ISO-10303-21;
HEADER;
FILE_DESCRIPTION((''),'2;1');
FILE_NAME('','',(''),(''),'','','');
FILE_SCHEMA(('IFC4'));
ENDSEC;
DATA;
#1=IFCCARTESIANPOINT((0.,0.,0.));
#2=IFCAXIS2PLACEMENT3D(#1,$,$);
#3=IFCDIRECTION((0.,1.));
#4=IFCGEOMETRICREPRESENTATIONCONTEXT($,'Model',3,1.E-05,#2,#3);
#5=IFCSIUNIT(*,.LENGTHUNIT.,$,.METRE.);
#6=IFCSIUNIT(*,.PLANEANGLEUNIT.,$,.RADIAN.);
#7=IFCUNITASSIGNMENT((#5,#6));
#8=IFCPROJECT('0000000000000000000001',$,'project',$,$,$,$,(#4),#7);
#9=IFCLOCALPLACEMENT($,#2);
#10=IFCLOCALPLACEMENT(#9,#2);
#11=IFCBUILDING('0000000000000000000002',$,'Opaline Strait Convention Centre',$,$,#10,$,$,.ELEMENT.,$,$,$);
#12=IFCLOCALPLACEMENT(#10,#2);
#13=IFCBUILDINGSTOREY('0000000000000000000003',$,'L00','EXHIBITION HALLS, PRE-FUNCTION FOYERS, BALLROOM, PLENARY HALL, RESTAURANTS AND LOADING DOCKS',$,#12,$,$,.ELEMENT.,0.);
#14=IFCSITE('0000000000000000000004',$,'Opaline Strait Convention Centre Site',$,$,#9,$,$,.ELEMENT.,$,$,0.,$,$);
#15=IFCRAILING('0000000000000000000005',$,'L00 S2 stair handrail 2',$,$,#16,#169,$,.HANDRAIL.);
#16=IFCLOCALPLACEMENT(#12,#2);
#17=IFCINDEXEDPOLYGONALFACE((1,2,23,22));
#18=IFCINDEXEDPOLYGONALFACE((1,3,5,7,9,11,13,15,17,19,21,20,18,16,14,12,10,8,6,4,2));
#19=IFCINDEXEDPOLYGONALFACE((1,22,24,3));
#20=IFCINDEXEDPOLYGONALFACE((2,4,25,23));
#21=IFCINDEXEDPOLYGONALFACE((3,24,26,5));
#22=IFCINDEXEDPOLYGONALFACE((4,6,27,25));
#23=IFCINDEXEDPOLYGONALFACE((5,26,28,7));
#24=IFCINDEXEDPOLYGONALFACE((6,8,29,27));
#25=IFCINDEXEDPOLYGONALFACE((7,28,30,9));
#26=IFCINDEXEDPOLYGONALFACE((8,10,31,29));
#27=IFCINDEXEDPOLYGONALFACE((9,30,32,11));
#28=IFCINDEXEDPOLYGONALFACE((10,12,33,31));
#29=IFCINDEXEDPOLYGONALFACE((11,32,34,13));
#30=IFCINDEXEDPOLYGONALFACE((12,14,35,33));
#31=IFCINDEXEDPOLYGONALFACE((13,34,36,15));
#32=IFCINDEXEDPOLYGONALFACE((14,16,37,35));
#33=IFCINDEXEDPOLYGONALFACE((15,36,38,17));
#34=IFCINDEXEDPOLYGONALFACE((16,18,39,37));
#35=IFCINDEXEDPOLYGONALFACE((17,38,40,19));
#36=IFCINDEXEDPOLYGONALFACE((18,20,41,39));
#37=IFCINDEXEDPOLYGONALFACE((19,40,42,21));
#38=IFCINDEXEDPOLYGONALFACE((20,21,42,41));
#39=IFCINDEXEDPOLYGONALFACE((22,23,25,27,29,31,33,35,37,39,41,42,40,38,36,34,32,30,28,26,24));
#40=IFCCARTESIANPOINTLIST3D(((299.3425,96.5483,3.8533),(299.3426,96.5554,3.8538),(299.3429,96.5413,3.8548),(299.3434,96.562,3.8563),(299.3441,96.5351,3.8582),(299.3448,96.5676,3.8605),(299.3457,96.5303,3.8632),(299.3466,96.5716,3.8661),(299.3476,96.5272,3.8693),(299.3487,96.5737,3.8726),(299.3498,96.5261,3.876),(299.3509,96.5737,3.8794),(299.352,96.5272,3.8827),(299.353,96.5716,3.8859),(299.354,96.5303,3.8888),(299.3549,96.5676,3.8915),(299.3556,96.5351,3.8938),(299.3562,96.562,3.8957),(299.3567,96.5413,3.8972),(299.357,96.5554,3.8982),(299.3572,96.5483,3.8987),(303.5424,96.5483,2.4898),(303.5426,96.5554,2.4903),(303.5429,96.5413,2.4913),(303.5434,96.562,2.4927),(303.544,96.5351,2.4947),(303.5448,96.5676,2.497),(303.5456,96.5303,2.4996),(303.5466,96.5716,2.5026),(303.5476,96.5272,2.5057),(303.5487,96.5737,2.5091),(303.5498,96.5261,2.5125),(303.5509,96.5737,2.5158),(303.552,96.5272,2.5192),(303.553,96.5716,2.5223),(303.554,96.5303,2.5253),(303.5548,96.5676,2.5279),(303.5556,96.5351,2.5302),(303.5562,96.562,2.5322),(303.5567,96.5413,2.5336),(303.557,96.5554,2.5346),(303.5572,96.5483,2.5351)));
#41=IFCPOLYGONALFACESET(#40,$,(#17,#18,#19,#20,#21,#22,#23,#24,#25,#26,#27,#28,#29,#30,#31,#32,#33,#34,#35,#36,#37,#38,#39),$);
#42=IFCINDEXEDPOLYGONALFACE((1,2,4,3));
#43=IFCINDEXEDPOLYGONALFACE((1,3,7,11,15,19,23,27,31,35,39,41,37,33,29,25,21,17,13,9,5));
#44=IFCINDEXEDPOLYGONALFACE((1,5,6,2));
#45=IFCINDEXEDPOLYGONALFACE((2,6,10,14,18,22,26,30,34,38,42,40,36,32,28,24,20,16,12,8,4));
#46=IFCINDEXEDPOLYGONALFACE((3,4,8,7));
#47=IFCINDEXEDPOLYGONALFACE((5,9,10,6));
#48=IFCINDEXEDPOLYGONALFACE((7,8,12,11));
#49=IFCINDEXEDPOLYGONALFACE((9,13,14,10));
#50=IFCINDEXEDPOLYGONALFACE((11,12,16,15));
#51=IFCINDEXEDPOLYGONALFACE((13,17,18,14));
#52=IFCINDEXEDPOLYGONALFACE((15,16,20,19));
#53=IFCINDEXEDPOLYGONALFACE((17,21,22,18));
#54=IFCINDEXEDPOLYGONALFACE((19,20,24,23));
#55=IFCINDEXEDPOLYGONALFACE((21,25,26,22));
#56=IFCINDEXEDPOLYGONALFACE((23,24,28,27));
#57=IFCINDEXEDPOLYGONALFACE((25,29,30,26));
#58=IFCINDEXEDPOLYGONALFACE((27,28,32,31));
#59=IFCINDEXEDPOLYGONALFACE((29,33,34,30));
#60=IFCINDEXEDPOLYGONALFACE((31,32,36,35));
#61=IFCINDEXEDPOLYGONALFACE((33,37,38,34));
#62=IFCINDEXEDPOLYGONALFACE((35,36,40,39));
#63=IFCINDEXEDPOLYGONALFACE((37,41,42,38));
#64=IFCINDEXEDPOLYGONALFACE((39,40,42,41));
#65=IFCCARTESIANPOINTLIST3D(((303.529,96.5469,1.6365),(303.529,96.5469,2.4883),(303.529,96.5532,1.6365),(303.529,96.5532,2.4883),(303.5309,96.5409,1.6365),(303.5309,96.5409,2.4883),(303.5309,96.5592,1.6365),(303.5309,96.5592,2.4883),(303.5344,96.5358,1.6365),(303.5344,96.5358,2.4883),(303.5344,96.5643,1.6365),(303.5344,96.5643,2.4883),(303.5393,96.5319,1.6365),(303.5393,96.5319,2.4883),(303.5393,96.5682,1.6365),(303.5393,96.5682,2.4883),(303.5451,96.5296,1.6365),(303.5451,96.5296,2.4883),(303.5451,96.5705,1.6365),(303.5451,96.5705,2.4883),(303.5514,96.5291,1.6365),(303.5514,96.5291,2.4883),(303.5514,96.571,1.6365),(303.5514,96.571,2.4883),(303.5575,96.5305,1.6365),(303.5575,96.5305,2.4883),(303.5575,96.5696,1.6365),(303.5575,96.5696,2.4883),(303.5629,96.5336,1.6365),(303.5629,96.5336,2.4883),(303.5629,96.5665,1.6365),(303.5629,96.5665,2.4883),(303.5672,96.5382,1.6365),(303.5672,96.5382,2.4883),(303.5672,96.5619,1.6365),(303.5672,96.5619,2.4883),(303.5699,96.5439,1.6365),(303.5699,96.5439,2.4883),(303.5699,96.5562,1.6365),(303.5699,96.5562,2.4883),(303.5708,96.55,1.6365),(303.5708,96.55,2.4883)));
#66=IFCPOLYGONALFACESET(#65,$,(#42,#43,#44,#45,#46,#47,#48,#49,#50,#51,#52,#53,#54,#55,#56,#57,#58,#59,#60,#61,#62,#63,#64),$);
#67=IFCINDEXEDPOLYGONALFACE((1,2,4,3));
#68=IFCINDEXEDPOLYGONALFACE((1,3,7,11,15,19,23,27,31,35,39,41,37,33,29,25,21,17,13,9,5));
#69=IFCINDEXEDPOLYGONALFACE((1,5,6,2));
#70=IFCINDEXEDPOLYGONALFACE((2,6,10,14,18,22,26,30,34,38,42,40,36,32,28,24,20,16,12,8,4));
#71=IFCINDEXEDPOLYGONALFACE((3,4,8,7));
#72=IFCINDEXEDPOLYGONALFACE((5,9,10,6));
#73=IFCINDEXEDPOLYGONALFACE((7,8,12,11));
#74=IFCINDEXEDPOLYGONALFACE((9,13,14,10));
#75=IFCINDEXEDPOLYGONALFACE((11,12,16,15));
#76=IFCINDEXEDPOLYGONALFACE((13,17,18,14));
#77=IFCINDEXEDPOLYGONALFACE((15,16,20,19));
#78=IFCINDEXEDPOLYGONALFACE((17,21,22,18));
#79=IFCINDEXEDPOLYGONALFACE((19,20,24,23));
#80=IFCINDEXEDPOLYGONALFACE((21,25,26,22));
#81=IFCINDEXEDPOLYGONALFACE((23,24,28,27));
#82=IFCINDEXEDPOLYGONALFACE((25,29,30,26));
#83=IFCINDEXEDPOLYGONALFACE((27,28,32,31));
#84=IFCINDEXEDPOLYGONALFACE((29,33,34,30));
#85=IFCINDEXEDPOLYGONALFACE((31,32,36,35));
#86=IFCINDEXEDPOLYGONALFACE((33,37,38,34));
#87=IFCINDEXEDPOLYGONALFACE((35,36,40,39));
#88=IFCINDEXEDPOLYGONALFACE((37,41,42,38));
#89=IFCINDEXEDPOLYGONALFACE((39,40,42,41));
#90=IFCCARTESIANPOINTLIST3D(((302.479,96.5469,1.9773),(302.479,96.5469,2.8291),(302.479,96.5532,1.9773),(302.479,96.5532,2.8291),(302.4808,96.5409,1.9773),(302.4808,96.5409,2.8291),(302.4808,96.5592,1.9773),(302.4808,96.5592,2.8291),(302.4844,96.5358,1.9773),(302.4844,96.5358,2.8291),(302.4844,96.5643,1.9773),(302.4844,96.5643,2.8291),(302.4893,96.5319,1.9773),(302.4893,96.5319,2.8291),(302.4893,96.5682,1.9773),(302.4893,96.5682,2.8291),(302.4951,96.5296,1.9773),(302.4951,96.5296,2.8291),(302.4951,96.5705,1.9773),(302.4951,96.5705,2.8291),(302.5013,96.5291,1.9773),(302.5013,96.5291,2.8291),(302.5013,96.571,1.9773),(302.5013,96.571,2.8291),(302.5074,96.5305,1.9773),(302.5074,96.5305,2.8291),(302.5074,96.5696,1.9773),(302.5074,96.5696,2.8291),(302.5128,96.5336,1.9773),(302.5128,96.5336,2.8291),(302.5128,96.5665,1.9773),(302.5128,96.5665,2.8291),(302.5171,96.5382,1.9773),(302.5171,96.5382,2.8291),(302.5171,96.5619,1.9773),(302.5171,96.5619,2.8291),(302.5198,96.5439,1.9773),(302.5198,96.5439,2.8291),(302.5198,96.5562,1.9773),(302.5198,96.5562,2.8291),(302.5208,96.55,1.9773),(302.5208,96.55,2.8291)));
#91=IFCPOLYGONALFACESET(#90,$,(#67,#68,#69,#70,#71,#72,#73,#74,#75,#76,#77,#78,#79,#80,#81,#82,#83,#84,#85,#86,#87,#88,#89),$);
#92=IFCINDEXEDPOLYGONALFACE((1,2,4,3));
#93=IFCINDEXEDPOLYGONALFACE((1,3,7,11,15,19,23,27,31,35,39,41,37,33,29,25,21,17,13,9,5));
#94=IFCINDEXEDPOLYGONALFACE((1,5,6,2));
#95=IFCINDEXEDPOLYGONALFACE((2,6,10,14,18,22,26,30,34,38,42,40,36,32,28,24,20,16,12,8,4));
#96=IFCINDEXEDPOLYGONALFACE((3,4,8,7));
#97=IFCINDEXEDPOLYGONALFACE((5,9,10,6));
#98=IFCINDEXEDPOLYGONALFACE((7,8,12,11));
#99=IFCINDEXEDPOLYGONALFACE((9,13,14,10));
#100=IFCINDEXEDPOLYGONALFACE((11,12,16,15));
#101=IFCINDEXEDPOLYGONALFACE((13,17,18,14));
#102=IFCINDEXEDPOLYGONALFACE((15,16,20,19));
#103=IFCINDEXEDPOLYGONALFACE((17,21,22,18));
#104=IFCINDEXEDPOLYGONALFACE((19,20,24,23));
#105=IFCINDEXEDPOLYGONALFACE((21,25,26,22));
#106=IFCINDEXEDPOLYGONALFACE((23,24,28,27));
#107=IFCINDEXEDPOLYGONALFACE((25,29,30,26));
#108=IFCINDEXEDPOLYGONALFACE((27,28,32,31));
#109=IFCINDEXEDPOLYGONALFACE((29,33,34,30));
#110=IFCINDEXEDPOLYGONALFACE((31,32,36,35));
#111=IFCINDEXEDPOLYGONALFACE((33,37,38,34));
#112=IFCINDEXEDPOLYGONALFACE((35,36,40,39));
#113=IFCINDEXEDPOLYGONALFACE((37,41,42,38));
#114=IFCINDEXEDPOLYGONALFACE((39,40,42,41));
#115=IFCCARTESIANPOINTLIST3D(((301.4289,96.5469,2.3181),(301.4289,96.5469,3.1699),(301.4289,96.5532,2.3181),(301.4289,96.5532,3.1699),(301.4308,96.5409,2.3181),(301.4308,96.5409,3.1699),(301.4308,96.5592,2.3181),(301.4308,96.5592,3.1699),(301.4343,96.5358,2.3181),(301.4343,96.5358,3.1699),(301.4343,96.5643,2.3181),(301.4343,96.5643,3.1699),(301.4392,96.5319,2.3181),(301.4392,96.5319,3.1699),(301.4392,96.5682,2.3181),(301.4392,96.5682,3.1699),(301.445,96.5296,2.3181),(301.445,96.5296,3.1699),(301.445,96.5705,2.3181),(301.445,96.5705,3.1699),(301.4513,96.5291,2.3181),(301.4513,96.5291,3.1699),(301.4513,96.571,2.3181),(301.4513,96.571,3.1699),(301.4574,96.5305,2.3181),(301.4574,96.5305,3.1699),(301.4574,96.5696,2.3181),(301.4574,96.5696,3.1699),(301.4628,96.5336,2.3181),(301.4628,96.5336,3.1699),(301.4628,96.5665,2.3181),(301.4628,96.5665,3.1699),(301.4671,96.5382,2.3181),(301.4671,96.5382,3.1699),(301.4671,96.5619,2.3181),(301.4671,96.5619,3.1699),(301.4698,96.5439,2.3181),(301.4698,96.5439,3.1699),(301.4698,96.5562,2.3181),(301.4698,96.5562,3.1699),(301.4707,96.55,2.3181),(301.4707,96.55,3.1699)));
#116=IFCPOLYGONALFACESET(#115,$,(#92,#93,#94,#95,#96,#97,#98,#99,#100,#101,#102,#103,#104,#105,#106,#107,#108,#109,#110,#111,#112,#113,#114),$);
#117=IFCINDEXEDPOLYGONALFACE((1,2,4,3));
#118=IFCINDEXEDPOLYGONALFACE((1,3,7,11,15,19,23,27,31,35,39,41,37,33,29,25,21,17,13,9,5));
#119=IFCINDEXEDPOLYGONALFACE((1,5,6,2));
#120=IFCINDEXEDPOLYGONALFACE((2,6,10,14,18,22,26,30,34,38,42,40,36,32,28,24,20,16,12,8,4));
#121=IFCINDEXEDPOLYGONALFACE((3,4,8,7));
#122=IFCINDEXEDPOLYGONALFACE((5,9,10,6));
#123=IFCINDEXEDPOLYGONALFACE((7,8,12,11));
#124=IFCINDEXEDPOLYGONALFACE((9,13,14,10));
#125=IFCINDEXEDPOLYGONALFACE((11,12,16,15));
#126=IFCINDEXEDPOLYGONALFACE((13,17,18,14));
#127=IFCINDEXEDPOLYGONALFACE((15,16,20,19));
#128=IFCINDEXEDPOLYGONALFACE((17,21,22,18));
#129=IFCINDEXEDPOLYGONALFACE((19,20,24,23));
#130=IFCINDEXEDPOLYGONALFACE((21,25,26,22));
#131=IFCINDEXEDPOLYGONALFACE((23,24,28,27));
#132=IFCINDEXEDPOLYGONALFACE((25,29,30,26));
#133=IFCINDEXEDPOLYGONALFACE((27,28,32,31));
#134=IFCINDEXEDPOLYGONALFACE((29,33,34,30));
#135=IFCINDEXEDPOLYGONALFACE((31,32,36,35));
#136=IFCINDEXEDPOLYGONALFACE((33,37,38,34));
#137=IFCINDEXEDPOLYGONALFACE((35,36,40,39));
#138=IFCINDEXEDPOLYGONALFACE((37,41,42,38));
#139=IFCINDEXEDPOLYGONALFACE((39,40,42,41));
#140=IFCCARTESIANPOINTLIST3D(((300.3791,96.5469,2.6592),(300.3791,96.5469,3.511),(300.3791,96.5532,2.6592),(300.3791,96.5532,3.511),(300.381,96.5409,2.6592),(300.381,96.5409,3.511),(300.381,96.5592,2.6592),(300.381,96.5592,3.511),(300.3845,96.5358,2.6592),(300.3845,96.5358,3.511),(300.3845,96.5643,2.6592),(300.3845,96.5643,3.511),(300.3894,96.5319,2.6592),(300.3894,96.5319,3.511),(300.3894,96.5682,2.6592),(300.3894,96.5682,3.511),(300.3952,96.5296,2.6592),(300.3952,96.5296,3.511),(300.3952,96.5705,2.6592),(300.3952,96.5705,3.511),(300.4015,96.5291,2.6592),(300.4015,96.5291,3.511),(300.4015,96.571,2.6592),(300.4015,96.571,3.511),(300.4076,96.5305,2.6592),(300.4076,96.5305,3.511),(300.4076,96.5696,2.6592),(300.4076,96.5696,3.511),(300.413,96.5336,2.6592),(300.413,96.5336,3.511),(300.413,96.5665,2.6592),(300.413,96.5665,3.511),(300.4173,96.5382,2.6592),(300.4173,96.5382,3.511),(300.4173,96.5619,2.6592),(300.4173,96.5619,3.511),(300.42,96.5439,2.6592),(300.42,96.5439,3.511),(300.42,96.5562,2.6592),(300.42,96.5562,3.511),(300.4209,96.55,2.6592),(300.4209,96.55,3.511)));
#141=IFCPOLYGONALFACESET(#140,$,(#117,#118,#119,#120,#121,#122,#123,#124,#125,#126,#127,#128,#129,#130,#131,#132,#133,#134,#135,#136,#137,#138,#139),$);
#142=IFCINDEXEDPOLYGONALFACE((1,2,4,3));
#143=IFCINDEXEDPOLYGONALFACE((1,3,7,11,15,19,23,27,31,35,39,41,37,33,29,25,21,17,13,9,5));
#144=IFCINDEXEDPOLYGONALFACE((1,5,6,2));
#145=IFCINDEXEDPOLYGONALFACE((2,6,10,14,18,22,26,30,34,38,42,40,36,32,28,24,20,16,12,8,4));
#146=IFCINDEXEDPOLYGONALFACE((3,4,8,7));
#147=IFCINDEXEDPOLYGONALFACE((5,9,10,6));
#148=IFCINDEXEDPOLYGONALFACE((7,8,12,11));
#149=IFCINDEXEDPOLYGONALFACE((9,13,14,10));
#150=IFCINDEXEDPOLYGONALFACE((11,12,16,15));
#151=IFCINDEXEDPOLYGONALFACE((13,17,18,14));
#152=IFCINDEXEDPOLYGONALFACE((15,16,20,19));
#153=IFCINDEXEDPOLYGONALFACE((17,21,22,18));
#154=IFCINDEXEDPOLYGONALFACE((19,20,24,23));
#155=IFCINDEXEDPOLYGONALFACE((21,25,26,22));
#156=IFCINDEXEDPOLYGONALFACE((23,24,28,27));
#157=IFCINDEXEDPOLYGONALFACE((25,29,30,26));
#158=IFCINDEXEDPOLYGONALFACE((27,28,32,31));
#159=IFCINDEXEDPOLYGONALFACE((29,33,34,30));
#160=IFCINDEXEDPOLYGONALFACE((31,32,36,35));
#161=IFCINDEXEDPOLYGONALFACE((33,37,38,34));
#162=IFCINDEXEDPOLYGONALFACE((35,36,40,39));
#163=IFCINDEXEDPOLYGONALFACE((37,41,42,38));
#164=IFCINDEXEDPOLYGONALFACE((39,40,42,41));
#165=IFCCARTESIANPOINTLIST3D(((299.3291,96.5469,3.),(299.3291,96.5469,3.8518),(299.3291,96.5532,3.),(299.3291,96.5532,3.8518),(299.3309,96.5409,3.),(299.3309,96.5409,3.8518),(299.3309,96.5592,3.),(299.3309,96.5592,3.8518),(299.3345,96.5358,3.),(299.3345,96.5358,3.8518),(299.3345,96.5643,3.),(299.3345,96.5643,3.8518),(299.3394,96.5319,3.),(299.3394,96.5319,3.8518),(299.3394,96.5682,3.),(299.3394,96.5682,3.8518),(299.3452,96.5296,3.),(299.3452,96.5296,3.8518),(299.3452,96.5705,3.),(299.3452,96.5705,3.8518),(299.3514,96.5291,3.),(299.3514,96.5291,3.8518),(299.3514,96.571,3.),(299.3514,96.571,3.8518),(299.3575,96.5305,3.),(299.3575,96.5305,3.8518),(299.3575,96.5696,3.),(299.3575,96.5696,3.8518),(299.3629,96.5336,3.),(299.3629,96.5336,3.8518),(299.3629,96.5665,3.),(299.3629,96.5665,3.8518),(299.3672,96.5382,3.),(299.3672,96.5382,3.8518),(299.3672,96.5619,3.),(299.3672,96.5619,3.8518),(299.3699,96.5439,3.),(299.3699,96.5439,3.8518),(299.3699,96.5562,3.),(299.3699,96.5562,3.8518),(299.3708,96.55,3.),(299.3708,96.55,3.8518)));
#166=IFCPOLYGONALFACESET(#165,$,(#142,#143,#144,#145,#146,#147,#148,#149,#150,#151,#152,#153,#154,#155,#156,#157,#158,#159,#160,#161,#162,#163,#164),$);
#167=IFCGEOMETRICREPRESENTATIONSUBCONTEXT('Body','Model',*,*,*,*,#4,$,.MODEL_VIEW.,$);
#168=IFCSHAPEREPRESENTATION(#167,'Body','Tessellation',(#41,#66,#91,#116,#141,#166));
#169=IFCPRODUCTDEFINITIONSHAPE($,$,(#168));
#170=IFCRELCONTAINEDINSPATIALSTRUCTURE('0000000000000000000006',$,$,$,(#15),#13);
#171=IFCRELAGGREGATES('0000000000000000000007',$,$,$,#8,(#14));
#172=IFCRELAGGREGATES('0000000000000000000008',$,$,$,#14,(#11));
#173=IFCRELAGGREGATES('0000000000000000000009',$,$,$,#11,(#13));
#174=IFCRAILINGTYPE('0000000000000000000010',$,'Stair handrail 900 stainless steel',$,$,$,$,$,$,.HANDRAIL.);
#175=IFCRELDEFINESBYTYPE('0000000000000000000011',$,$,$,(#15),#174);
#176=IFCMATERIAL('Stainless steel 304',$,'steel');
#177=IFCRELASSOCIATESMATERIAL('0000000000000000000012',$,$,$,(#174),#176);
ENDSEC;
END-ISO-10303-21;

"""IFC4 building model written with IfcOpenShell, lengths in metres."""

from ifc_helpers import new_model, si_unit, direction, frame, origin, origin_2d, place, context, subcontext, project, spatial, circle, extrude, material, type_object, element, save


model = new_model("IFC4")

# Units and contexts
model_context = context("Model", 3, precision=1e-05, world=origin(), true_north=direction((0.0, 1.0)))
body_context = subcontext(model_context, "Body", "Model", "MODEL_VIEW")
ifc_project = project(units=[si_unit("LENGTHUNIT", "METRE"), si_unit("PLANEANGLEUNIT", "RADIAN")], contexts=[model_context])

# Site, building, storey
site_placement = place(None, origin())
site = spatial("IfcSite", under=ifc_project, at=site_placement, Name="Opaline Strait Convention Centre Site", CompositionType="ELEMENT", RefElevation=0.0)
building_placement = place(site_placement, origin())
building = spatial("IfcBuilding", under=site, at=building_placement, Name="Opaline Strait Convention Centre", CompositionType="ELEMENT")
storey_placement = place(building_placement, origin())
storey = spatial("IfcBuildingStorey", under=building, at=storey_placement, Name="L00", Description="EXHIBITION HALLS, PRE-FUNCTION FOYERS, BALLROOM, PLENARY HALL, RESTAURANTS AND LOADING DOCKS", CompositionType="ELEMENT", Elevation=0.0)

# Railing
ifc_material_1 = material(Name="Stainless steel 304", Category="steel")
railing_type_1 = type_object("IfcRailingType", Name="Stair handrail 900 stainless steel", PredefinedType="HANDRAIL", material=ifc_material_1)
railing_1_placement = place(storey_placement, frame((303.5498, 96.55, 1.6365)))
element("IfcRailing", 1, at=railing_1_placement, inside=storey, type_object=railing_type_1, Name="L00 S2 stair handrail 2", PredefinedType="HANDRAIL", context=body_context, shape_type="SweptSolid", body=[
    extrude(circle(Radius=0.0239, at=origin_2d()), frame((0.0, 0.0, 0.876), z_axis=(-0.951131, 0.0, 0.308787), x_axis=(0.0, -1.0, 0.0)), (0.0, 0.0, 1.0), 4.4158),
    extrude(circle(Radius=0.021, at=origin_2d()), origin(), (0.0, 0.0, 1.0), 0.8518),
    extrude(circle(Radius=0.021, at=origin_2d()), frame((-1.05, 0.0, 0.3408)), (0.0, 0.0, 1.0), 0.8518),
    extrude(circle(Radius=0.021, at=origin_2d()), frame((-2.1001, 0.0, 0.6816)), (0.0, 0.0, 1.0), 0.8518),
    extrude(circle(Radius=0.021, at=origin_2d()), frame((-3.1499, 0.0, 1.0227)), (0.0, 0.0, 1.0), 0.8518),
    extrude(circle(Radius=0.021, at=origin_2d()), frame((-4.2, 0.0, 1.3635)), (0.0, 0.0, 1.0), 0.8518),
])

save(model, "model.ifc")
